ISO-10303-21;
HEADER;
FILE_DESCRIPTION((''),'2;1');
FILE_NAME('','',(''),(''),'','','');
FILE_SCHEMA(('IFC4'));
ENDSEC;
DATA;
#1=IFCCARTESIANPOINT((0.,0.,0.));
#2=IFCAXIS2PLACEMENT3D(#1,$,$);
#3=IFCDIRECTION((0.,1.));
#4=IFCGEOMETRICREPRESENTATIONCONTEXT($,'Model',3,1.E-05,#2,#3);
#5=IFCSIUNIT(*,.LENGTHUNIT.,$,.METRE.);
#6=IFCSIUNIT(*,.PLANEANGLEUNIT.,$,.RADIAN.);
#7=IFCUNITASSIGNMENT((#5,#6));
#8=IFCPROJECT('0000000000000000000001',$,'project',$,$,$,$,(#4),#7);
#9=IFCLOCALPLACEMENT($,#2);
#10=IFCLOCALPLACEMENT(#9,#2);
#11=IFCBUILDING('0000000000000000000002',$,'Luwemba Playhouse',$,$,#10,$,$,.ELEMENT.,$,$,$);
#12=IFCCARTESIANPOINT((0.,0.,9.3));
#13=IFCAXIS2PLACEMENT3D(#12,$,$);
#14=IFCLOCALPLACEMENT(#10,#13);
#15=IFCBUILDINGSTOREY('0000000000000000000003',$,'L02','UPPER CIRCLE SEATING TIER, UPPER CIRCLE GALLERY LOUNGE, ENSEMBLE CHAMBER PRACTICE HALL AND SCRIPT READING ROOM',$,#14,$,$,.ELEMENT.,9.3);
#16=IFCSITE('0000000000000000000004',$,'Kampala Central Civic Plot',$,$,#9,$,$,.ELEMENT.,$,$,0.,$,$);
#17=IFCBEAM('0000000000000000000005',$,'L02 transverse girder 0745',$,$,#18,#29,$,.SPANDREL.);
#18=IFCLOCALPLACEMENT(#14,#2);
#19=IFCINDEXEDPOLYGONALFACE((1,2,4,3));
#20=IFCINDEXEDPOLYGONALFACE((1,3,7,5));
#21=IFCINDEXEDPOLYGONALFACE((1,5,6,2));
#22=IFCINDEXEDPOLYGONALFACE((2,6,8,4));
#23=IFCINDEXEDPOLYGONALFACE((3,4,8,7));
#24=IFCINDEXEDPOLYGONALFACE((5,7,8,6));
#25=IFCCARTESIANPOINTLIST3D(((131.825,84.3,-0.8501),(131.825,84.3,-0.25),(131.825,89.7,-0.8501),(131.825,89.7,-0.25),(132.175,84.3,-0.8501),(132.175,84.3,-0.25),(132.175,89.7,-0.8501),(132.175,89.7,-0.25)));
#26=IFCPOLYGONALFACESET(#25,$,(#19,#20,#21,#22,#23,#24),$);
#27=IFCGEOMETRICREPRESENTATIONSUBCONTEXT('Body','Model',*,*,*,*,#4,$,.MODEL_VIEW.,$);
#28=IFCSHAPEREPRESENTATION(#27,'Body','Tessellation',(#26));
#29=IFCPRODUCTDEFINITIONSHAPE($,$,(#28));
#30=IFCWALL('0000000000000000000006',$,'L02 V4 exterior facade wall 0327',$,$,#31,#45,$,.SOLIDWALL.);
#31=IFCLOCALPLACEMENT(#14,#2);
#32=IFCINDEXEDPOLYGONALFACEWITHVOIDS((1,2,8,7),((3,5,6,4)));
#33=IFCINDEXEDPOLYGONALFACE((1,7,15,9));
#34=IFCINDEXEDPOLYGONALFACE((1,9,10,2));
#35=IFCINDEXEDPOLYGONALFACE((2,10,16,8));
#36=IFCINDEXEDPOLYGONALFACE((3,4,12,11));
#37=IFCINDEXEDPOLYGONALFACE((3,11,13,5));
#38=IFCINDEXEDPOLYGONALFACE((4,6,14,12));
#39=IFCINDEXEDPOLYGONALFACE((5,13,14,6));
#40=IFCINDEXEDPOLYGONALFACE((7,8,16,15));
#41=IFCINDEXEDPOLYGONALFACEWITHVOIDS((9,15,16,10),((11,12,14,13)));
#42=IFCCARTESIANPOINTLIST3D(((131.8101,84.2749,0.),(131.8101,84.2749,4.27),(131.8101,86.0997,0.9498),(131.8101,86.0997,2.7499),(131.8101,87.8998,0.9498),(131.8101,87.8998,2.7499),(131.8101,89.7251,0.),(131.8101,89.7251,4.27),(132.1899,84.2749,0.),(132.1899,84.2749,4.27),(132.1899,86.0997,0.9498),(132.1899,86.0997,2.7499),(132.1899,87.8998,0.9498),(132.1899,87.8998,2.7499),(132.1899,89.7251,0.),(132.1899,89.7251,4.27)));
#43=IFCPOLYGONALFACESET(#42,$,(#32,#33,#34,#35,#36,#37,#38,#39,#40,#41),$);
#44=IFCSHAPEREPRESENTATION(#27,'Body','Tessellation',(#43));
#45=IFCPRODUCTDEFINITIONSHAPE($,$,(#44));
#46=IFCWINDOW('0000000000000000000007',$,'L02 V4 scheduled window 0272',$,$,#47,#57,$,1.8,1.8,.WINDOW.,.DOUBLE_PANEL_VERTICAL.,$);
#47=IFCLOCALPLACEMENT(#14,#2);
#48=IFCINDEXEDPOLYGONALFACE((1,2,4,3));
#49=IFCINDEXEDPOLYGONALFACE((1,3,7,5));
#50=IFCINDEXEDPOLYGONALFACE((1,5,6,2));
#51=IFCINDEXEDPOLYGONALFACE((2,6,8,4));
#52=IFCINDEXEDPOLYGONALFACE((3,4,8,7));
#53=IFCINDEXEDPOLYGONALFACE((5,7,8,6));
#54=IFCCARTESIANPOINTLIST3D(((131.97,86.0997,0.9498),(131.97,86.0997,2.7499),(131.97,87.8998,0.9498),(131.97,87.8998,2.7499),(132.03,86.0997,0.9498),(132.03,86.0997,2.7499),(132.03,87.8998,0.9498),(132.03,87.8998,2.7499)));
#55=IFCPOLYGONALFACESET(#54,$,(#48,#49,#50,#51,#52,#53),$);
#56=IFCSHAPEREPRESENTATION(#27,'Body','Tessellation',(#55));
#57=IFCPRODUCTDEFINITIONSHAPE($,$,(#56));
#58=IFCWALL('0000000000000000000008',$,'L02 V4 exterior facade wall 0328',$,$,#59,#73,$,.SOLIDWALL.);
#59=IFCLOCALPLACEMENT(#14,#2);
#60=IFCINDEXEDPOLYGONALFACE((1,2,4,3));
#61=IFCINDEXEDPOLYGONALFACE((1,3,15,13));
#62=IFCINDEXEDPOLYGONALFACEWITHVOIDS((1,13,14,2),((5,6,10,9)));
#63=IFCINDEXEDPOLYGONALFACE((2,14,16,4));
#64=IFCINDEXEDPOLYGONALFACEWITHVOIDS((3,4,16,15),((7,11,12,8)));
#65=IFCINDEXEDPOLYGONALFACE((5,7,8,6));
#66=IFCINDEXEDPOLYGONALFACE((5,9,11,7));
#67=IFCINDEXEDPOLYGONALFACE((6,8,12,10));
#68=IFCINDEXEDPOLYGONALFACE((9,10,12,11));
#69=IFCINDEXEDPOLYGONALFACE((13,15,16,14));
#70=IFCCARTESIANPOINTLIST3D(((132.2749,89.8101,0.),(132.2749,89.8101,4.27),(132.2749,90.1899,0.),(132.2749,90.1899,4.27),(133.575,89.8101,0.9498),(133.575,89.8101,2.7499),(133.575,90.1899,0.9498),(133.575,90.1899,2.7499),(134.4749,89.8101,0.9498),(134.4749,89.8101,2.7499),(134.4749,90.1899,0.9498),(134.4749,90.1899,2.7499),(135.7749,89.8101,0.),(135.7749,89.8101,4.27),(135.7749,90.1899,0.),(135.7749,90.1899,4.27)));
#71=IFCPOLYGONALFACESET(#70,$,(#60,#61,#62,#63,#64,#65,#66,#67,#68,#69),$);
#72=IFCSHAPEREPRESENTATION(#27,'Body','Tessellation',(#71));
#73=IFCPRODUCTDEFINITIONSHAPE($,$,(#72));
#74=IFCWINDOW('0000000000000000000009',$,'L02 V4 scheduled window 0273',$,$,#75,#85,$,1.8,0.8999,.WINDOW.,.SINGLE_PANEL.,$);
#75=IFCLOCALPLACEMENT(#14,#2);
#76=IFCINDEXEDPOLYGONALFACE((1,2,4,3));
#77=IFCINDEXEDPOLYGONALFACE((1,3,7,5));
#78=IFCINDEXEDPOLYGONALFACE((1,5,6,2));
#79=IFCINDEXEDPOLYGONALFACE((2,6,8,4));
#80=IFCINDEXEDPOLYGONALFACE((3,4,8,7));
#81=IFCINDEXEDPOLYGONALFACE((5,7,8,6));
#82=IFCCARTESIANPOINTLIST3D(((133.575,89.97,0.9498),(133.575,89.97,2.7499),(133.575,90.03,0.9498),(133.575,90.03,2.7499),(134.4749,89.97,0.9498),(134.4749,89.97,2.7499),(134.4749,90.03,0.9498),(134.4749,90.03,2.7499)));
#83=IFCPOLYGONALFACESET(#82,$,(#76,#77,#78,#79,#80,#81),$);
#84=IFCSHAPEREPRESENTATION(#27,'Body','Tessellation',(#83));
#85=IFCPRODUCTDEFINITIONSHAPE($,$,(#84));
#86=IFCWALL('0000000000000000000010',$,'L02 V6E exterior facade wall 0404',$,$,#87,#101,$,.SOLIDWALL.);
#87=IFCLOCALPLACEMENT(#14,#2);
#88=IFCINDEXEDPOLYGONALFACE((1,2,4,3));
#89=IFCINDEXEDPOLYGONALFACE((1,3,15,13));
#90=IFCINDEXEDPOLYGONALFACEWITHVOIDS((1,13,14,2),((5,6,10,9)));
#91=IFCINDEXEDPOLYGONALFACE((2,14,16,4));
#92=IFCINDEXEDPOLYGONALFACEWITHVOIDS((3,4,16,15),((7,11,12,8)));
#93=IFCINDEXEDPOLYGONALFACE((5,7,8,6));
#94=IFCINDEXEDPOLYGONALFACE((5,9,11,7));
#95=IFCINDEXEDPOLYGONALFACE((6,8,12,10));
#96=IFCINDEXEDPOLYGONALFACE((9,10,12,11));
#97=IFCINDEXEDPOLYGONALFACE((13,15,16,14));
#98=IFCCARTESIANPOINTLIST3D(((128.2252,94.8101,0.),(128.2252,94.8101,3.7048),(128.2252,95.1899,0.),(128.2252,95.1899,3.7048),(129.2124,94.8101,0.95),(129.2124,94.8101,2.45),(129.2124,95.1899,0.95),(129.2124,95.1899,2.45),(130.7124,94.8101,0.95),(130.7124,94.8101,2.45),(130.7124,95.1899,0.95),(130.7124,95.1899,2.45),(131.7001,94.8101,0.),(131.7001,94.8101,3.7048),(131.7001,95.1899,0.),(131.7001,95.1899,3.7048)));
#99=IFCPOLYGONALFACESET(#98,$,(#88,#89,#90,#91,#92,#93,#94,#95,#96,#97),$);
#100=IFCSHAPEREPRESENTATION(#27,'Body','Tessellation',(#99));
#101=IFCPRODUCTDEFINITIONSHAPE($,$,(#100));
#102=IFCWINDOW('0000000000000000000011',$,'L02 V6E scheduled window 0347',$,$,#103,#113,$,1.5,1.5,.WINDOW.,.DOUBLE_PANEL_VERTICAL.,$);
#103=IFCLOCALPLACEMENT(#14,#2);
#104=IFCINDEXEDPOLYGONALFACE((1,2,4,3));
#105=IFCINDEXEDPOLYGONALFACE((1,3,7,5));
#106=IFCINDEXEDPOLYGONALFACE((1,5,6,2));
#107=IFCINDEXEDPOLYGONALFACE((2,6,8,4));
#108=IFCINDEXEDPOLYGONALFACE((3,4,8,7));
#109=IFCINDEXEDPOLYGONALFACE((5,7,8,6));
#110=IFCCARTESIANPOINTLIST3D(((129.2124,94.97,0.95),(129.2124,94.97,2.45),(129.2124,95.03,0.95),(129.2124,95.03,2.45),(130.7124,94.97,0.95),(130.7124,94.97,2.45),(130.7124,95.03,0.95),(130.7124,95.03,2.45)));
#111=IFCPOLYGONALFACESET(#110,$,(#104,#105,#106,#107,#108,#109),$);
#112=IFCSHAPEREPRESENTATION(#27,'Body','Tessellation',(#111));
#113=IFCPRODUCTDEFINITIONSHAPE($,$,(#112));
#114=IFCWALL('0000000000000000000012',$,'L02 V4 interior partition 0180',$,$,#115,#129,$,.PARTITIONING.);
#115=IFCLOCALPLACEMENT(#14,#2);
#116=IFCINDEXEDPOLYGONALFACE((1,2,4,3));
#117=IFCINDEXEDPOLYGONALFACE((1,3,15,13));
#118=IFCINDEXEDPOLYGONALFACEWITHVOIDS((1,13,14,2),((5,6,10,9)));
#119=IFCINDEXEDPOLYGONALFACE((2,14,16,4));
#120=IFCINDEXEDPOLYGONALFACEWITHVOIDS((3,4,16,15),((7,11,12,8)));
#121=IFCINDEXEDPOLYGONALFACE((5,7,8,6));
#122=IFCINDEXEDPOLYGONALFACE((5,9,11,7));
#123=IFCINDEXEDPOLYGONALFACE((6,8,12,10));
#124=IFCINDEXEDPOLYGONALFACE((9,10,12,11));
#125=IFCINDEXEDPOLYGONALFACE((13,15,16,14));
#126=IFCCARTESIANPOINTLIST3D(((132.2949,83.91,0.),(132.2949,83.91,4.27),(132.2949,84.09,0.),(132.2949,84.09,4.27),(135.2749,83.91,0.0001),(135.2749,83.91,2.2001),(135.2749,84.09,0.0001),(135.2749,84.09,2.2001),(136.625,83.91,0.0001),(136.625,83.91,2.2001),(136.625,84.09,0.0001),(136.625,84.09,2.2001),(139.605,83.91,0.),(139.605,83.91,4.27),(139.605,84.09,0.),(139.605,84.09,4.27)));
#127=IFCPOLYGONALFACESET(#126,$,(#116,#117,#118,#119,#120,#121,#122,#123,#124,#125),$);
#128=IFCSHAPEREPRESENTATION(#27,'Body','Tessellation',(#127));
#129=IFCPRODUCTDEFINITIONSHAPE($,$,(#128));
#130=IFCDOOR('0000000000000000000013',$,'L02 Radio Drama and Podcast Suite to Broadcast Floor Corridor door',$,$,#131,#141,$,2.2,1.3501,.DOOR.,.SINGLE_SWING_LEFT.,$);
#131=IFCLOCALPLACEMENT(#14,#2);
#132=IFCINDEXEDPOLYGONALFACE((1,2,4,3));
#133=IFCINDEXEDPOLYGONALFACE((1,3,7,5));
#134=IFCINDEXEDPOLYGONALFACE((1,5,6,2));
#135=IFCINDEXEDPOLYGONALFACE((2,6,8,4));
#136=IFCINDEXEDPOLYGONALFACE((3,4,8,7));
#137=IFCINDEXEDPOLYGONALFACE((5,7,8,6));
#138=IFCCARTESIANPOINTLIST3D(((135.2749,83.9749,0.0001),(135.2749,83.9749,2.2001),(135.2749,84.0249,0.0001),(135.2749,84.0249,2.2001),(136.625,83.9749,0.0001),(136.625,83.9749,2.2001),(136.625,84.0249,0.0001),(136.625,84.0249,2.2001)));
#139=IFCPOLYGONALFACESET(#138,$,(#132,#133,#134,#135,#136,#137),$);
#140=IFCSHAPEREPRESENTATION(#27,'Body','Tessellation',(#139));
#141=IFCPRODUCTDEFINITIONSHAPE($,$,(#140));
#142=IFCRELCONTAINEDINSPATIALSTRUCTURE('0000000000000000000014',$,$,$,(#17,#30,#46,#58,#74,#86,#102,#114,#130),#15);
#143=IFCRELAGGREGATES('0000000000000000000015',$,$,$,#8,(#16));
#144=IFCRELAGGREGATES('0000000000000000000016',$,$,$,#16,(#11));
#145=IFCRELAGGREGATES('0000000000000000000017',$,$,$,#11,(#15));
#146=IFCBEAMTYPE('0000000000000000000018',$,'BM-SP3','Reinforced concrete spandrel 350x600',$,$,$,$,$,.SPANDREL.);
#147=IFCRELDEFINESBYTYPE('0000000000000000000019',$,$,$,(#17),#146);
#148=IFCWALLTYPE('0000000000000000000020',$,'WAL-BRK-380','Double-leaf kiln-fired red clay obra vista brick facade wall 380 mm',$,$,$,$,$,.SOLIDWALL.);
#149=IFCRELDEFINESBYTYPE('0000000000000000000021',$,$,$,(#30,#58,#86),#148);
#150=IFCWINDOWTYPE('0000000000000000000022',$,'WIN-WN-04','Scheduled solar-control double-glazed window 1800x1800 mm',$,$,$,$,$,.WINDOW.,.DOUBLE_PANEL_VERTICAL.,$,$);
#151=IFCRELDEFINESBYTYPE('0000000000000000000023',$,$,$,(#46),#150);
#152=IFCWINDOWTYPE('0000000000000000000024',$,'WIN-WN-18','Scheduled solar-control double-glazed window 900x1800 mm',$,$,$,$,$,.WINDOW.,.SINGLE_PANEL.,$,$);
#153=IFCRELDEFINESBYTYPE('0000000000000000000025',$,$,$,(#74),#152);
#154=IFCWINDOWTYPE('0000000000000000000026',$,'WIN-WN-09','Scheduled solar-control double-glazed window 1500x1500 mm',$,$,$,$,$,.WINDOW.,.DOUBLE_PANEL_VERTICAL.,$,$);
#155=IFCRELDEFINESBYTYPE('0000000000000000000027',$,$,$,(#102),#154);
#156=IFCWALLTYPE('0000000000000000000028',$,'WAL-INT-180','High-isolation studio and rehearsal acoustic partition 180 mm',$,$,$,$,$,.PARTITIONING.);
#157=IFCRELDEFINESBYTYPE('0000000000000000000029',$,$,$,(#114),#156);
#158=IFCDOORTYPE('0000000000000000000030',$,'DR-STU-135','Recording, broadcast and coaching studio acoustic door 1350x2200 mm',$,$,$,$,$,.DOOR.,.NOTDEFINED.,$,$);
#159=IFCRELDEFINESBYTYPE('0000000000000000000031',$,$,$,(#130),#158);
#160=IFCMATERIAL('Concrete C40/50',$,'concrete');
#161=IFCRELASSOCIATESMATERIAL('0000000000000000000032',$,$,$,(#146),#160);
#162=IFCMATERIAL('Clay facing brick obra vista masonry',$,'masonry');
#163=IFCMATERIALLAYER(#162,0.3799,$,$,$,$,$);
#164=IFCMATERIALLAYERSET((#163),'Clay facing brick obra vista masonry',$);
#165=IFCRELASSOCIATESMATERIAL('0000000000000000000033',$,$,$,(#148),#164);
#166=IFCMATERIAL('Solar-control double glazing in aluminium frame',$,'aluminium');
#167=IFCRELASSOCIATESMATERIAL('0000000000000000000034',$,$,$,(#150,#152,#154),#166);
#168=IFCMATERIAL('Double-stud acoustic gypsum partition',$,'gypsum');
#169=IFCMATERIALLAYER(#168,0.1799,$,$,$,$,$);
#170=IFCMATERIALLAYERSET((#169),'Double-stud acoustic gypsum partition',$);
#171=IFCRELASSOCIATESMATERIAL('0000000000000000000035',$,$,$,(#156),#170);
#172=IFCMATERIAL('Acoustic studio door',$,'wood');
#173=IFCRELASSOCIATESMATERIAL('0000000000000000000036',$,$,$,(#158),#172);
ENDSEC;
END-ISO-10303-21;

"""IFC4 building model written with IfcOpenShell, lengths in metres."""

from ifc_helpers import new_model, si_unit, direction, frame, frame_2d, origin, origin_2d, place, context, subcontext, project, spatial, rectangle, extrude, material, layer, layer_set, material_profile, profile_set, type_object, element, fill, save


model = new_model("IFC4")

# Units and contexts
model_context = context("Model", 3, precision=1e-05, world=origin(), true_north=direction((0.0, 1.0)))
body_context = subcontext(model_context, "Body", "Model", "MODEL_VIEW")
ifc_project = project(units=[si_unit("LENGTHUNIT", "METRE"), si_unit("PLANEANGLEUNIT", "RADIAN")], contexts=[model_context])

# Site, building, storey
site_placement = place(None, origin())
site = spatial("IfcSite", under=ifc_project, at=site_placement, Name="Kampala Central Civic Plot", CompositionType="ELEMENT", RefElevation=0.0)
building_placement = place(site_placement, origin())
building = spatial("IfcBuilding", under=site, at=building_placement, Name="Luwemba Playhouse", CompositionType="ELEMENT")
storey_placement = place(building_placement, frame((0.0, 0.0, 9.3)))
storey = spatial("IfcBuildingStorey", under=building, at=storey_placement, Name="L02", Description="UPPER CIRCLE SEATING TIER, UPPER CIRCLE GALLERY LOUNGE, ENSEMBLE CHAMBER PRACTICE HALL AND SCRIPT READING ROOM", CompositionType="ELEMENT", Elevation=9.3)

# Shared definitions
ifc_material_1 = material(Name="Concrete C40/50", Category="concrete")

# Beam
ifc_material_profile_1 = material_profile(ifc_material_1, rectangle(XDim=0.3501, YDim=0.6001, at=origin_2d()))
ifc_profile_set_1 = profile_set([ifc_material_profile_1], Name="Concrete C40/50")
beam_type_1 = type_object("IfcBeamType", Name="BM-SP3", Description="Reinforced concrete spandrel 350x600", PredefinedType="SPANDREL", material=ifc_profile_set_1)
beam_1_placement = place(storey_placement, frame((132.0, 84.3, -0.55), z_axis=(0.0, 1.0, 0.0), x_axis=(-1.0, 0.0, 0.0)))
element("IfcBeam", 1, at=beam_1_placement, inside=storey, type_object=beam_type_1, Name="L02 transverse girder 0745", PredefinedType="SPANDREL", context=body_context, shape_type="SweptSolid", body=[
    extrude(rectangle(XDim=0.3501, YDim=0.6001, at=origin_2d()), origin(), (0.0, 0.0, 1.0), 5.3999),
])

# Walls, openings, windows
ifc_material_2 = material(Name="Clay facing brick obra vista masonry", Category="masonry")
ifc_layer_1 = layer(ifc_material_2, 0.3799)
ifc_layer_set_1 = layer_set([ifc_layer_1], Name="Clay facing brick obra vista masonry")
wall_type_1 = type_object("IfcWallType", Name="WAL-BRK-380", Description="Double-leaf kiln-fired red clay obra vista brick facade wall 380 mm", PredefinedType="SOLIDWALL", material=ifc_layer_set_1)
wall_1_placement = place(storey_placement, frame((132.0, 84.2749, 0.0), z_axis=(0.0, 0.0, 1.0), x_axis=(0.0, 1.0, 0.0)))
wall_1 = element("IfcWall", 2, at=wall_1_placement, inside=storey, type_object=wall_type_1, Name="L02 V4 exterior facade wall 0327", PredefinedType="SOLIDWALL", context=body_context, shape_type="SweptSolid", body=[
    extrude(rectangle(XDim=5.4502, YDim=0.3799, at=frame_2d((2.7251, 0.0))), origin(), (0.0, 0.0, 1.0), 4.27),
])
opening_1_placement = place(wall_1_placement, frame((1.825, 0.0, 0.95)))
opening_1 = element("IfcOpeningElement", 3, at=opening_1_placement, cuts=wall_1, PredefinedType="OPENING", context=body_context, shape_type="SweptSolid", body=[
    extrude(rectangle(XDim=1.8, YDim=1.8, at=frame_2d((0.8999, 0.8999))), frame((0.0, 0.2, 0.0), z_axis=(0.0, -1.0, 0.0), x_axis=(1.0, 0.0, 0.0)), (0.0, 0.0, 1.0), 0.3999),
])
ifc_material_3 = material(Name="Solar-control double glazing in aluminium frame", Category="aluminium")
window_type_1 = type_object("IfcWindowType", Name="WIN-WN-04", Description="Scheduled solar-control double-glazed window 1800x1800 mm", PartitioningType="DOUBLE_PANEL_VERTICAL", PredefinedType="WINDOW", material=ifc_material_3)
window_1_placement = place(opening_1_placement, origin())
window_1 = element("IfcWindow", 4, at=window_1_placement, inside=storey, type_object=window_type_1, Name="L02 V4 scheduled window 0272", OverallHeight=1.8, OverallWidth=1.8, PartitioningType="DOUBLE_PANEL_VERTICAL", PredefinedType="WINDOW", context=body_context, shape_type="SweptSolid", body=[
    extrude(rectangle(XDim=1.8, YDim=1.8, at=frame_2d((0.8999, 0.8999))), frame((0.0, 0.03, 0.0), z_axis=(0.0, -1.0, 0.0), x_axis=(1.0, 0.0, 0.0)), (0.0, 0.0, 1.0), 0.0601),
])
fill(opening_1, window_1)
wall_2_placement = place(storey_placement, frame((132.2749, 90.0, 0.0), z_axis=(0.0, 0.0, 1.0), x_axis=(1.0, 0.0, 0.0)))
wall_2 = element("IfcWall", 5, at=wall_2_placement, inside=storey, type_object=wall_type_1, Name="L02 V4 exterior facade wall 0328", PredefinedType="SOLIDWALL", context=body_context, shape_type="SweptSolid", body=[
    extrude(rectangle(XDim=3.5, YDim=0.3799, at=frame_2d((1.75, 0.0))), origin(), (0.0, 0.0, 1.0), 4.27),
])
opening_2_placement = place(wall_2_placement, frame((1.3, 0.0, 0.95)))
opening_2 = element("IfcOpeningElement", 6, at=opening_2_placement, cuts=wall_2, PredefinedType="OPENING", context=body_context, shape_type="SweptSolid", body=[
    extrude(rectangle(XDim=0.8999, YDim=1.8, at=frame_2d((0.45, 0.8999))), frame((0.0, 0.2, 0.0), z_axis=(0.0, -1.0, 0.0), x_axis=(1.0, 0.0, 0.0)), (0.0, 0.0, 1.0), 0.3999),
])
window_type_2 = type_object("IfcWindowType", Name="WIN-WN-18", Description="Scheduled solar-control double-glazed window 900x1800 mm", PartitioningType="SINGLE_PANEL", PredefinedType="WINDOW", material=ifc_material_3)
window_2_placement = place(opening_2_placement, origin())
window_2 = element("IfcWindow", 7, at=window_2_placement, inside=storey, type_object=window_type_2, Name="L02 V4 scheduled window 0273", OverallHeight=1.8, OverallWidth=0.8999, PartitioningType="SINGLE_PANEL", PredefinedType="WINDOW", context=body_context, shape_type="SweptSolid", body=[
    extrude(rectangle(XDim=0.8999, YDim=1.8, at=frame_2d((0.45, 0.8999))), frame((0.0, 0.03, 0.0), z_axis=(0.0, -1.0, 0.0), x_axis=(1.0, 0.0, 0.0)), (0.0, 0.0, 1.0), 0.0601),
])
fill(opening_2, window_2)
wall_3_placement = place(storey_placement, frame((131.7, 95.0, 0.0), z_axis=(0.0, 0.0, 1.0), x_axis=(-1.0, 0.0, 0.0)))
wall_3 = element("IfcWall", 8, at=wall_3_placement, inside=storey, type_object=wall_type_1, Name="L02 V6E exterior facade wall 0404", PredefinedType="SOLIDWALL", context=body_context, shape_type="SweptSolid", body=[
    extrude(rectangle(XDim=3.4749, YDim=0.3799, at=frame_2d((1.7373, 0.0))), origin(), (0.0, 0.0, 1.0), 3.7048),
])
opening_3_placement = place(wall_3_placement, frame((0.9875, 0.0, 0.95)))
opening_3 = element("IfcOpeningElement", 9, at=opening_3_placement, cuts=wall_3, PredefinedType="OPENING", context=body_context, shape_type="SweptSolid", body=[
    extrude(rectangle(XDim=1.5, YDim=1.5, at=frame_2d((0.75, 0.75))), frame((0.0, 0.2, 0.0), z_axis=(0.0, -1.0, 0.0), x_axis=(1.0, 0.0, 0.0)), (0.0, 0.0, 1.0), 0.3999),
])
window_type_3 = type_object("IfcWindowType", Name="WIN-WN-09", Description="Scheduled solar-control double-glazed window 1500x1500 mm", PartitioningType="DOUBLE_PANEL_VERTICAL", PredefinedType="WINDOW", material=ifc_material_3)
window_3_placement = place(opening_3_placement, origin())
window_3 = element("IfcWindow", 10, at=window_3_placement, inside=storey, type_object=window_type_3, Name="L02 V6E scheduled window 0347", OverallHeight=1.5, OverallWidth=1.5, PartitioningType="DOUBLE_PANEL_VERTICAL", PredefinedType="WINDOW", context=body_context, shape_type="SweptSolid", body=[
    extrude(rectangle(XDim=1.5, YDim=1.5, at=frame_2d((0.75, 0.75))), frame((0.0, 0.03, 0.0), z_axis=(0.0, -1.0, 0.0), x_axis=(1.0, 0.0, 0.0)), (0.0, 0.0, 1.0), 0.0601),
])
fill(opening_3, window_3)

# Wall, opening, door
ifc_material_4 = material(Name="Double-stud acoustic gypsum partition", Category="gypsum")
ifc_layer_2 = layer(ifc_material_4, 0.1799)
ifc_layer_set_2 = layer_set([ifc_layer_2], Name="Double-stud acoustic gypsum partition")
wall_type_2 = type_object("IfcWallType", Name="WAL-INT-180", Description="High-isolation studio and rehearsal acoustic partition 180 mm", PredefinedType="PARTITIONING", material=ifc_layer_set_2)
wall_4_placement = place(storey_placement, frame((132.2949, 84.0, 0.0), z_axis=(0.0, 0.0, 1.0), x_axis=(1.0, 0.0, 0.0)))
wall_4 = element("IfcWall", 11, at=wall_4_placement, inside=storey, type_object=wall_type_2, Name="L02 V4 interior partition 0180", PredefinedType="PARTITIONING", context=body_context, shape_type="SweptSolid", body=[
    extrude(rectangle(XDim=7.3101, YDim=0.1799, at=frame_2d((3.655, 0.0))), origin(), (0.0, 0.0, 1.0), 4.27),
])
opening_4_placement = place(wall_4_placement, frame((2.98, 0.0, 0.0)))
opening_4 = element("IfcOpeningElement", 12, at=opening_4_placement, cuts=wall_4, PredefinedType="OPENING", context=body_context, shape_type="SweptSolid", body=[
    extrude(rectangle(XDim=1.3501, YDim=2.2, at=frame_2d((0.675, 1.1001))), frame((0.0, 0.0999, 0.0), z_axis=(0.0, -1.0, 0.0), x_axis=(1.0, 0.0, 0.0)), (0.0, 0.0, 1.0), 0.2),
])
ifc_material_5 = material(Name="Acoustic studio door", Category="wood")
door_type = type_object("IfcDoorType", Name="DR-STU-135", Description="Recording, broadcast and coaching studio acoustic door 1350x2200 mm", OperationType="NOTDEFINED", PredefinedType="DOOR", material=ifc_material_5)
door_placement = place(opening_4_placement, origin())
door = element("IfcDoor", 13, at=door_placement, inside=storey, type_object=door_type, Name="L02 Radio Drama and Podcast Suite to Broadcast Floor Corridor door", OperationType="SINGLE_SWING_LEFT", OverallHeight=2.2, OverallWidth=1.3501, PredefinedType="DOOR", context=body_context, shape_type="SweptSolid", body=[
    extrude(rectangle(XDim=1.3501, YDim=2.2, at=frame_2d((0.675, 1.1001))), frame((0.0, 0.0249, 0.0), z_axis=(0.0, -1.0, 0.0), x_axis=(1.0, 0.0, 0.0)), (0.0, 0.0, 1.0), 0.05),
])
fill(opening_4, door)

save(model, "model.ifc")
